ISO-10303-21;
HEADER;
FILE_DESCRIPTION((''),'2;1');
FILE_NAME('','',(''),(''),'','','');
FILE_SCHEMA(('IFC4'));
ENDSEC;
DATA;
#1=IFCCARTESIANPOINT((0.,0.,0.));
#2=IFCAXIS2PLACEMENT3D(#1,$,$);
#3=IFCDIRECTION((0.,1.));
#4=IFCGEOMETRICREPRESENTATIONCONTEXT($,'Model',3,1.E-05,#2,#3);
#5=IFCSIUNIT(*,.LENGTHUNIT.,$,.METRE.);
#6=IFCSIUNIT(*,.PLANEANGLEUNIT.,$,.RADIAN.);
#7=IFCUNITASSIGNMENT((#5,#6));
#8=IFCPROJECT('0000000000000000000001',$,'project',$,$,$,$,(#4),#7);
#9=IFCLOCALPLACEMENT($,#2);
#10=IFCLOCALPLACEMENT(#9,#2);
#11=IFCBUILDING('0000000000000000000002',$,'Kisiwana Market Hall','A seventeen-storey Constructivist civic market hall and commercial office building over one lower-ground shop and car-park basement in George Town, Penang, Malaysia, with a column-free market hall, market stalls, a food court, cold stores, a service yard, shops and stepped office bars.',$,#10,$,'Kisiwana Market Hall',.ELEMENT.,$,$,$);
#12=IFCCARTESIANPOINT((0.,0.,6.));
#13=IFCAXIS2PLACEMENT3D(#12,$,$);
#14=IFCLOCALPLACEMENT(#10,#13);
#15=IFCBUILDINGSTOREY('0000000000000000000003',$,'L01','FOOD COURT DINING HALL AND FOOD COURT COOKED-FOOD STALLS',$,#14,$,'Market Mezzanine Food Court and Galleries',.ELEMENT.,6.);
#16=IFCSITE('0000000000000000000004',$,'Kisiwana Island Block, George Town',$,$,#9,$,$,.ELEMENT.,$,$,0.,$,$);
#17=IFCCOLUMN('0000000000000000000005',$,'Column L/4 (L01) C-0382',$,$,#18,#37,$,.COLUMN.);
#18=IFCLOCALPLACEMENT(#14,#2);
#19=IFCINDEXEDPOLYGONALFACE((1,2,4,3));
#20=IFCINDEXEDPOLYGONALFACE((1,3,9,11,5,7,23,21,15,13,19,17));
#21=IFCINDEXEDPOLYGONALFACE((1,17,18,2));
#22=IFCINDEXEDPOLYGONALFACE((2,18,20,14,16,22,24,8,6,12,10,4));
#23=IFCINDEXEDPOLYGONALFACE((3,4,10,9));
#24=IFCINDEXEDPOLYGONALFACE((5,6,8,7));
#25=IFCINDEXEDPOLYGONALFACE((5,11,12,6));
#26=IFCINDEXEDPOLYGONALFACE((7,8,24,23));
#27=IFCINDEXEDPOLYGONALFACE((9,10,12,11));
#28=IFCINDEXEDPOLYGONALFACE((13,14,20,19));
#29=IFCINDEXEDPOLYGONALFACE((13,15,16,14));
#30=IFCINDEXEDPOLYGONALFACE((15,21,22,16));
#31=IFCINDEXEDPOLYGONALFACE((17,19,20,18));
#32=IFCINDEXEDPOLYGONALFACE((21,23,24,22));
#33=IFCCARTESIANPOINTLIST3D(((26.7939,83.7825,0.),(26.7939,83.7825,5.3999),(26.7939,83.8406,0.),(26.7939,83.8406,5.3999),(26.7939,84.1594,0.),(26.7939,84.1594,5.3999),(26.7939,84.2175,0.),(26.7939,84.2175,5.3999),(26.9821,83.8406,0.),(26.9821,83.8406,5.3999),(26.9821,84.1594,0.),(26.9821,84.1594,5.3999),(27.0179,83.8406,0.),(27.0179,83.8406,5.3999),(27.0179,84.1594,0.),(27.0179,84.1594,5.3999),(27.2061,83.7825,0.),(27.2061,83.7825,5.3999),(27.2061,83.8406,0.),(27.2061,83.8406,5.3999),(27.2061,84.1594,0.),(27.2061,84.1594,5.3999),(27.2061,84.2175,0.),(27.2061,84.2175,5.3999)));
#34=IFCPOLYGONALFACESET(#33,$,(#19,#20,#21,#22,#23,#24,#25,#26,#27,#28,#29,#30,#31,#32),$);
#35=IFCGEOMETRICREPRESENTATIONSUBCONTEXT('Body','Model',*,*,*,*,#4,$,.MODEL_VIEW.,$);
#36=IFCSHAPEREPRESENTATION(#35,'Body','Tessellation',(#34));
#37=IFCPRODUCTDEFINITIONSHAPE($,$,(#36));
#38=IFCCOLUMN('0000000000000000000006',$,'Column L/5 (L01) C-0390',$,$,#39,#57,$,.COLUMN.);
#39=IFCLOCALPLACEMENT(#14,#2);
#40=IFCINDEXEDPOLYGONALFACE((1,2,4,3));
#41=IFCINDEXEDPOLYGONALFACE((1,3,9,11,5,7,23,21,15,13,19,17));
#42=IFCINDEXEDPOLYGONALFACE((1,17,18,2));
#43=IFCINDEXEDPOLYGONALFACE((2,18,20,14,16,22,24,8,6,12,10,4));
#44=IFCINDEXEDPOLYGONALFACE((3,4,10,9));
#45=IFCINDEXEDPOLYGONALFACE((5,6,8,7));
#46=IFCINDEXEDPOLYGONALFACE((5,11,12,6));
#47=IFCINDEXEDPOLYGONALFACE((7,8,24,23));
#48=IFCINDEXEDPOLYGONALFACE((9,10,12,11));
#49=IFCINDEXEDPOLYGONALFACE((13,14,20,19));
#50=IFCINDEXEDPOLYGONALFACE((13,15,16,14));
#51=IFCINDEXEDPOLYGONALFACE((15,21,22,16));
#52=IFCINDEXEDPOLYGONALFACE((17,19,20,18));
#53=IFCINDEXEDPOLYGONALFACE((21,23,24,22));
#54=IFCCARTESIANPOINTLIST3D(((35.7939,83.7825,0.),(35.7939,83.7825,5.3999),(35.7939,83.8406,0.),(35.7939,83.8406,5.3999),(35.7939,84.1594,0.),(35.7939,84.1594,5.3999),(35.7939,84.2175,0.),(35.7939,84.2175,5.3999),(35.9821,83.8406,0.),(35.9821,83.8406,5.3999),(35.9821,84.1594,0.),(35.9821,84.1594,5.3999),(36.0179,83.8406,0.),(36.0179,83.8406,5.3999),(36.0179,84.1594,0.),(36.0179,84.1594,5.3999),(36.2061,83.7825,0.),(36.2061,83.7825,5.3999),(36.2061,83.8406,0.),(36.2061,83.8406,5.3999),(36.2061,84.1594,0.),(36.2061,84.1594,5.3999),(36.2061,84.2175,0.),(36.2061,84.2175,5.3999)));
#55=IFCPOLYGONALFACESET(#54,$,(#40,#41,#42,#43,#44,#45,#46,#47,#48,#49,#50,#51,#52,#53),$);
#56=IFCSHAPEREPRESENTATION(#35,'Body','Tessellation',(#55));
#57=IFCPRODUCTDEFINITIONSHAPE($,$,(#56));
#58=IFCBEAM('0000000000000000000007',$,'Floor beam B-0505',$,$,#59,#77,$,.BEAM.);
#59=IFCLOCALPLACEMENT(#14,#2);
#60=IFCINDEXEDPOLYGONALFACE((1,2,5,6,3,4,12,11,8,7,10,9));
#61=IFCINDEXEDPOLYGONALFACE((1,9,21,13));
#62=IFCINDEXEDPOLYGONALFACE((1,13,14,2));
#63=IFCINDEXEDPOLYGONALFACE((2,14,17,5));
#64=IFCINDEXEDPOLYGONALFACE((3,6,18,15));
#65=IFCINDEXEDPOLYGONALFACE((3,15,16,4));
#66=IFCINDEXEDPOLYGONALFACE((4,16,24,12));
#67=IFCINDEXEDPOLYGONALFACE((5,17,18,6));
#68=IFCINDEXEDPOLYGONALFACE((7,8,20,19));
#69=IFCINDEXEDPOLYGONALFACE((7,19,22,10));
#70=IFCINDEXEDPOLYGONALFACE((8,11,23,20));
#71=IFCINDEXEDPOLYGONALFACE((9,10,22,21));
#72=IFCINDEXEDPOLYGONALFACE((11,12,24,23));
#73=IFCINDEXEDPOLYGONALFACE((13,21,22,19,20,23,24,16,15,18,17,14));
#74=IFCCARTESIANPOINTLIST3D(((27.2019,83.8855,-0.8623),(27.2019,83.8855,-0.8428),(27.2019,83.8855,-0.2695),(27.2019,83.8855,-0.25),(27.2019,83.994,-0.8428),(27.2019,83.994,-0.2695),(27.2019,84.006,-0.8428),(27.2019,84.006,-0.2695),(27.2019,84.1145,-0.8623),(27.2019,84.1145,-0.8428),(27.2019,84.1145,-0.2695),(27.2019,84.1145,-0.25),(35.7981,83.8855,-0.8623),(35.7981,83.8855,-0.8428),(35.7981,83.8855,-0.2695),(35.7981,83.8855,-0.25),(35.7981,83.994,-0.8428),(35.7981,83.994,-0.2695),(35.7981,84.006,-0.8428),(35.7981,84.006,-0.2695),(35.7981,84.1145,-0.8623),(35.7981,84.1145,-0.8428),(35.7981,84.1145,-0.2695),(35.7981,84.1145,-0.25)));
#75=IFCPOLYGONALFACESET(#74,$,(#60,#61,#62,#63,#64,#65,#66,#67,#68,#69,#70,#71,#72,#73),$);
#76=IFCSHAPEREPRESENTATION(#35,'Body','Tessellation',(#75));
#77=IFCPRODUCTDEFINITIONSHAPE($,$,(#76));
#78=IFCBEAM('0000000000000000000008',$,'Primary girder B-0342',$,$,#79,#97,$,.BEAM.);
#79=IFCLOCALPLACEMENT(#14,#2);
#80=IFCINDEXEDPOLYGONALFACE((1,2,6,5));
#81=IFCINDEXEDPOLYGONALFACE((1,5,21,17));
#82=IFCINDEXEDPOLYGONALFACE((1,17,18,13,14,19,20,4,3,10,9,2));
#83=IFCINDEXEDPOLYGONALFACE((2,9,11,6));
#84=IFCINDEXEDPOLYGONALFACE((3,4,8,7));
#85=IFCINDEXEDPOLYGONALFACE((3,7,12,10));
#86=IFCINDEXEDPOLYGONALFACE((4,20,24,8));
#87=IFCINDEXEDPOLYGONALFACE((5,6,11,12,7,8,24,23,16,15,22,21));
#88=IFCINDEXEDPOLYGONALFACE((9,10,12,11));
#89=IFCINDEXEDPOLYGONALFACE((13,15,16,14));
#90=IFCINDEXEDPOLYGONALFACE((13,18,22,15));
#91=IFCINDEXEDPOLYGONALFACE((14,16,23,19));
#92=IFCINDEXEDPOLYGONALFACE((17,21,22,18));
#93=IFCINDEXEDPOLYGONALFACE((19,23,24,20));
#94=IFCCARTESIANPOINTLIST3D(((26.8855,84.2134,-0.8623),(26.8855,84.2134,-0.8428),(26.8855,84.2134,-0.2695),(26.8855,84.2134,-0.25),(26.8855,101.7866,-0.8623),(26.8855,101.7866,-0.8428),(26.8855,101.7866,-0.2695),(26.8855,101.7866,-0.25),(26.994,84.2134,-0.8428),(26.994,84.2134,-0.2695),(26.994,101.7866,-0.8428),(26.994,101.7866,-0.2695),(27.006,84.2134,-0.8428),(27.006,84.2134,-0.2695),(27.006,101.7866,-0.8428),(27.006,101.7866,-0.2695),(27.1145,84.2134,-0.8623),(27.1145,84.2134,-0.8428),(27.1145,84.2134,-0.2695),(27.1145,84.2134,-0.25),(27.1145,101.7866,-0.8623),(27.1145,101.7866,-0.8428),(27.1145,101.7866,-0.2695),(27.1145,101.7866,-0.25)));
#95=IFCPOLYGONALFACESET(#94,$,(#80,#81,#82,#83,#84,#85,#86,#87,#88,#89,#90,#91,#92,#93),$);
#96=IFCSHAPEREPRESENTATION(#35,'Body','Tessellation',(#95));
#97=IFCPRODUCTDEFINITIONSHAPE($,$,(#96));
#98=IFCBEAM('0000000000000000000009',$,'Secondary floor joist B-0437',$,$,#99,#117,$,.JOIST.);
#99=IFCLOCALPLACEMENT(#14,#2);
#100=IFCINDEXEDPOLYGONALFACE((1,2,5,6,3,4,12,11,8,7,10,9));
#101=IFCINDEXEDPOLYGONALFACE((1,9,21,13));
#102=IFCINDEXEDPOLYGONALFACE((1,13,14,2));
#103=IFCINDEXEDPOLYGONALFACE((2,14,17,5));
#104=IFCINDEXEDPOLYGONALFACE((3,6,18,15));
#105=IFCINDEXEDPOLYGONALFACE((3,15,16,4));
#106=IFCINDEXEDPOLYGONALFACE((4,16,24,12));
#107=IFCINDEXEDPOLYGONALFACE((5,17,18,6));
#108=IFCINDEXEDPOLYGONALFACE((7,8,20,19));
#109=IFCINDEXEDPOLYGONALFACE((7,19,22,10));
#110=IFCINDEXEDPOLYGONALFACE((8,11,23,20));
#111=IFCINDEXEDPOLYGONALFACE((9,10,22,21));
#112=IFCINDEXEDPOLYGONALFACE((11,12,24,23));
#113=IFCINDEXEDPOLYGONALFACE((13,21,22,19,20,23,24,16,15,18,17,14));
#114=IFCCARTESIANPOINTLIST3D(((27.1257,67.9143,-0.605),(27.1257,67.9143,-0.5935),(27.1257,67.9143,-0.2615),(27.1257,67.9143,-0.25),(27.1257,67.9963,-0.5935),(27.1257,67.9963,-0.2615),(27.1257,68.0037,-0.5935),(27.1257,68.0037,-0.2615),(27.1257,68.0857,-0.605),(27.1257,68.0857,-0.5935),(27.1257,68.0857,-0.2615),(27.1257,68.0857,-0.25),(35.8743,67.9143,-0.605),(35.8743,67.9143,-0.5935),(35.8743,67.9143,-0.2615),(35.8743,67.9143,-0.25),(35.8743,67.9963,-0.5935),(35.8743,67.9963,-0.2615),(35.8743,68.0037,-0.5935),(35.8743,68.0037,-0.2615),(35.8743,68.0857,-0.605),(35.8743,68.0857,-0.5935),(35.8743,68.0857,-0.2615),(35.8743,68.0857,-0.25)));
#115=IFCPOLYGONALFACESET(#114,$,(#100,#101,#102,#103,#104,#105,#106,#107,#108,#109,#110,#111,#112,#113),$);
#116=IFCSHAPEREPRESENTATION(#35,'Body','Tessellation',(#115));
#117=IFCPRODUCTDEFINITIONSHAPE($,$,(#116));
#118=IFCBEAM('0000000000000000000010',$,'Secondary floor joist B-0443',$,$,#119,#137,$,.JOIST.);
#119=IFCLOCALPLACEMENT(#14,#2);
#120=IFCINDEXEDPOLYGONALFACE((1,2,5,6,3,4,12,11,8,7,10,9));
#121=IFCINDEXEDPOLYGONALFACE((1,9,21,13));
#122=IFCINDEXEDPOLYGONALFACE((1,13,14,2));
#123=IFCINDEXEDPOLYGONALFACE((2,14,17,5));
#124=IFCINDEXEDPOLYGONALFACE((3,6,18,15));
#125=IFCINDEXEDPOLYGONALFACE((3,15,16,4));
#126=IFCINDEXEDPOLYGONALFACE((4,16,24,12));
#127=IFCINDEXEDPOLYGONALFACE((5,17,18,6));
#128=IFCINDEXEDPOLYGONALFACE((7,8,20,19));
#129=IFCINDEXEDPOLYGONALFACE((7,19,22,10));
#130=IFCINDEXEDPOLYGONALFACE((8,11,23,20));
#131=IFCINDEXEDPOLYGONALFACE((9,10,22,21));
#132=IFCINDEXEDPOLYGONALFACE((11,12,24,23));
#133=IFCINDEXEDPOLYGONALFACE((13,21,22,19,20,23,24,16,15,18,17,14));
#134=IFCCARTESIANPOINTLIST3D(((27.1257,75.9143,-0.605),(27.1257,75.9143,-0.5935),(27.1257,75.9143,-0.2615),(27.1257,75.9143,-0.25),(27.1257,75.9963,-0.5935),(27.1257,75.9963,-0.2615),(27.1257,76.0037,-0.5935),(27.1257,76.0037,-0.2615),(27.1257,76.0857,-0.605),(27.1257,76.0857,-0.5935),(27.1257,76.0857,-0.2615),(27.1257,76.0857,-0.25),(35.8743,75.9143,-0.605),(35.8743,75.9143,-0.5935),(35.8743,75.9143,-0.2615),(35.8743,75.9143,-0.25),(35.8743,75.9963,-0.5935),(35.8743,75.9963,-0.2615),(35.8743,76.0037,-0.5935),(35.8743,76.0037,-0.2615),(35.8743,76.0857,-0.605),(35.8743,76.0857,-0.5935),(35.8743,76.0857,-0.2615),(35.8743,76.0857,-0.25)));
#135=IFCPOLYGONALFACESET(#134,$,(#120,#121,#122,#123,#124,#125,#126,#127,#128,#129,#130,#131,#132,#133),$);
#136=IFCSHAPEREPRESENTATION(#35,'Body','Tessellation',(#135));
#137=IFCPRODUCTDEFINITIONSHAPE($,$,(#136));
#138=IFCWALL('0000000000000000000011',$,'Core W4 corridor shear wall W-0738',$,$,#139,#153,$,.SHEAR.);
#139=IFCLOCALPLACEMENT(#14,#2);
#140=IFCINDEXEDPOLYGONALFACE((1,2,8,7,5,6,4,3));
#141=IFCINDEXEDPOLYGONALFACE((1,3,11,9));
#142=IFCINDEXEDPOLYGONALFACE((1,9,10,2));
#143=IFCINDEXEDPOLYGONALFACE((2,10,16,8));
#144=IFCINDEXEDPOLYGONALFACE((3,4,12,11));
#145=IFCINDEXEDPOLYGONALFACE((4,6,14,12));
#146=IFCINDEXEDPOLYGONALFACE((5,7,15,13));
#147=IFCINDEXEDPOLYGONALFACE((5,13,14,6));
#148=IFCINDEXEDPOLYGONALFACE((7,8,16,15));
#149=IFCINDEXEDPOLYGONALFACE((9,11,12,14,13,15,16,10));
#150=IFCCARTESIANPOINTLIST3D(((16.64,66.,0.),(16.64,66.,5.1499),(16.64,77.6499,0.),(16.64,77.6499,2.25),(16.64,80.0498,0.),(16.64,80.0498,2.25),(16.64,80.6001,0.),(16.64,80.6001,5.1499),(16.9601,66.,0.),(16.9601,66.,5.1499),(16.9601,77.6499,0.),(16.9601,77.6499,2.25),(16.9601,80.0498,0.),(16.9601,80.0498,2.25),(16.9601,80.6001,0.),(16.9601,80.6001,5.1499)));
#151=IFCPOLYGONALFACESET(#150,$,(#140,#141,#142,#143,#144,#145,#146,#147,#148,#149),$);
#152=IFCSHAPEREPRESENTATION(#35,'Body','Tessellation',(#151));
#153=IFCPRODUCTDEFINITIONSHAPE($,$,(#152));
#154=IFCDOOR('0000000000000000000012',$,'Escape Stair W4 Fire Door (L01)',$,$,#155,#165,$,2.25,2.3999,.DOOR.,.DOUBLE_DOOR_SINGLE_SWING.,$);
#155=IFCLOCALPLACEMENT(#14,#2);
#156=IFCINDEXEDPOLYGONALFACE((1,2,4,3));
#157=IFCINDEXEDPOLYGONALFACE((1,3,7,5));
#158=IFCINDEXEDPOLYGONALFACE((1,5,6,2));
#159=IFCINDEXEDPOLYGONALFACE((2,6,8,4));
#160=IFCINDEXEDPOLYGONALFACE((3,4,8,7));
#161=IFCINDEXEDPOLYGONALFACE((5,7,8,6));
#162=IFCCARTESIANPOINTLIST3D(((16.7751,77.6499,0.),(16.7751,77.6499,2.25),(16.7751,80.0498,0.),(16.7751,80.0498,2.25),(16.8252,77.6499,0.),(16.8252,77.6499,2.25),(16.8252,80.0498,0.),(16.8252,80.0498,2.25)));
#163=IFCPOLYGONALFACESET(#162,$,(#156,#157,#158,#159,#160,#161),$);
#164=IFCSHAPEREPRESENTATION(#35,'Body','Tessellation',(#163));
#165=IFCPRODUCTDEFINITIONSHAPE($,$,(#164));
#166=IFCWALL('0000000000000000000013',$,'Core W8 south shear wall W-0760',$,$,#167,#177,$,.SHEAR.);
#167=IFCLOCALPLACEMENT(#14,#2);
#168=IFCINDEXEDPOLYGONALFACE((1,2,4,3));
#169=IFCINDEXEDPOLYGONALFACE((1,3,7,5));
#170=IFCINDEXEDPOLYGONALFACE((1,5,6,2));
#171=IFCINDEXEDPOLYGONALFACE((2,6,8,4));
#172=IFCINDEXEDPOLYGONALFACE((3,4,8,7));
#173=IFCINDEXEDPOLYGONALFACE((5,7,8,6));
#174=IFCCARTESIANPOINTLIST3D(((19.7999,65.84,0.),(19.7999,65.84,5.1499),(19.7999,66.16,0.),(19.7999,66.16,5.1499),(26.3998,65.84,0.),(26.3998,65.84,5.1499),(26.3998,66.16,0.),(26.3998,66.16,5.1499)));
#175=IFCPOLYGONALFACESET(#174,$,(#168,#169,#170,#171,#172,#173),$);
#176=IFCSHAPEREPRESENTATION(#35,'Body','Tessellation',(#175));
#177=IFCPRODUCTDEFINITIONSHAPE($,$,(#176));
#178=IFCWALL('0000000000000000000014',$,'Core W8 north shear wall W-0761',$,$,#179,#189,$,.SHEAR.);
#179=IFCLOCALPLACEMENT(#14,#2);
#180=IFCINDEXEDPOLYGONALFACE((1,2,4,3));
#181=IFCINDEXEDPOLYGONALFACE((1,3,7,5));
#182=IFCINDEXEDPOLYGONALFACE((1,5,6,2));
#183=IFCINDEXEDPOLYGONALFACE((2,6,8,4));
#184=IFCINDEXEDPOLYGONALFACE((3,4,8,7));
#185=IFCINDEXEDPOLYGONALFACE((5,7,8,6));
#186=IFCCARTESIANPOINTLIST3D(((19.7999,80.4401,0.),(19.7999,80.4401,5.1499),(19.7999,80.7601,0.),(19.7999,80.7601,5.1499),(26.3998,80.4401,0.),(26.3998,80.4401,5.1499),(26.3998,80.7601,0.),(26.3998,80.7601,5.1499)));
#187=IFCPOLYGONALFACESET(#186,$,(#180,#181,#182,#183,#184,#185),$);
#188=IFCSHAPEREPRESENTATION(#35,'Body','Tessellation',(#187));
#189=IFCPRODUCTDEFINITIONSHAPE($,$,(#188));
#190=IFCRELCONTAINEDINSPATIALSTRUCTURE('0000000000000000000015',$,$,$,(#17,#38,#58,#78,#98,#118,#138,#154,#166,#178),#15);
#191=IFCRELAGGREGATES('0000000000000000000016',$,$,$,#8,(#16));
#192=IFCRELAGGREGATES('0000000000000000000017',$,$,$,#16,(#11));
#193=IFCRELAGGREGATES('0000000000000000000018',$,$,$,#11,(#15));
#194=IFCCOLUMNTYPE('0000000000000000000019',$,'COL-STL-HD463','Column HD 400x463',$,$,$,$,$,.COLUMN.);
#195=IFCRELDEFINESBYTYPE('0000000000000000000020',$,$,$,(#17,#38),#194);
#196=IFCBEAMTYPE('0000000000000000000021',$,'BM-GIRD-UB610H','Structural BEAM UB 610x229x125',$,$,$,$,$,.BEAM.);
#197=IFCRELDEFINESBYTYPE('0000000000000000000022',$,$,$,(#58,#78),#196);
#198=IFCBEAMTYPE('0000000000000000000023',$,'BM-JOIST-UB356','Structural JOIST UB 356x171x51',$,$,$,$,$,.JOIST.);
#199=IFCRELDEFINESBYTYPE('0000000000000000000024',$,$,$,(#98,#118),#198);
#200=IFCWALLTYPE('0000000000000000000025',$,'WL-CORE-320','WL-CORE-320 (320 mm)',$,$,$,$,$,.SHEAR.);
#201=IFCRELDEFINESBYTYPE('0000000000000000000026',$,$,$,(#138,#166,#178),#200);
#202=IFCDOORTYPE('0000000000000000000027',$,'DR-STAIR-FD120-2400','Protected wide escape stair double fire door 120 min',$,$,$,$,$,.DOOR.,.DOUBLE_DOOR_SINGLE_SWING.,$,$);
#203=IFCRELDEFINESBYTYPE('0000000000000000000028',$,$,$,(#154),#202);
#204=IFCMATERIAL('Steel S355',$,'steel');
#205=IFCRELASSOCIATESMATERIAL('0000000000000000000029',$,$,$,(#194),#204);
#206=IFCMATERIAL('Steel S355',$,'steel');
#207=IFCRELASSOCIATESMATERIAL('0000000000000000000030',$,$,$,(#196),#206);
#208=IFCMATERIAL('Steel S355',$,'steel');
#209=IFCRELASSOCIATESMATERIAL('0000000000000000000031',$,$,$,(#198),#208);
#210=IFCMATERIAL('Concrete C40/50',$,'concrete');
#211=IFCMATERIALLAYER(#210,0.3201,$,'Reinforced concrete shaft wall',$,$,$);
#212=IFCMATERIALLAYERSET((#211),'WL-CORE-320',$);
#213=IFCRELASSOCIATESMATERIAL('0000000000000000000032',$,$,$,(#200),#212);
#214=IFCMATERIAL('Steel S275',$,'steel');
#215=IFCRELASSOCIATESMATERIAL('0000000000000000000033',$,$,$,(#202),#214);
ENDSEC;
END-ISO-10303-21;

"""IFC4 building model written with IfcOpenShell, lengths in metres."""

from ifc_helpers import new_model, si_unit, direction, frame, frame_2d, origin, origin_2d, place, context, subcontext, project, spatial, rectangle, i_section, extrude, material, layer, layer_set, material_profile, profile_set, type_object, element, fill, save


model = new_model("IFC4")

# Units and contexts
model_context = context("Model", 3, precision=1e-05, world=origin(), true_north=direction((0.0, 1.0)))
body_context = subcontext(model_context, "Body", "Model", "MODEL_VIEW")
ifc_project = project(units=[si_unit("LENGTHUNIT", "METRE"), si_unit("PLANEANGLEUNIT", "RADIAN")], contexts=[model_context])

# Site, building, storey
site_placement = place(None, origin())
site = spatial("IfcSite", under=ifc_project, at=site_placement, Name="Kisiwana Island Block, George Town", CompositionType="ELEMENT", RefElevation=0.0)
building_placement = place(site_placement, origin())
building = spatial("IfcBuilding", under=site, at=building_placement, Name="Kisiwana Market Hall", Description="A seventeen-storey Constructivist civic market hall and commercial office building over one lower-ground shop and car-park basement in George Town, Penang, Malaysia, with a column-free market hall, market stalls, a food court, cold stores, a service yard, shops and stepped office bars.", LongName="Kisiwana Market Hall", CompositionType="ELEMENT")
storey_placement = place(building_placement, frame((0.0, 0.0, 6.0)))
storey = spatial("IfcBuildingStorey", under=building, at=storey_placement, Name="L01", Description="FOOD COURT DINING HALL AND FOOD COURT COOKED-FOOD STALLS", LongName="Market Mezzanine Food Court and Galleries", CompositionType="ELEMENT", Elevation=6.0)

# Columns
ifc_material_1 = material(Name="Steel S355", Category="steel")
ifc_material_profile_1 = material_profile(ifc_material_1, i_section(OverallWidth=0.4121, OverallDepth=0.4351, WebThickness=0.0359, FlangeThickness=0.0581, at=origin_2d()), Name="HD 400x463")
ifc_profile_set_1 = profile_set([ifc_material_profile_1], Name="Steel S355")
column_type = type_object("IfcColumnType", Name="COL-STL-HD463", Description="Column HD 400x463", PredefinedType="COLUMN", material=ifc_profile_set_1)
for number, where, z_axis, x_axis, name in (
    (1, (27.0, 84.0, 0.0), (0.0, 0.0, 1.0), (1.0, 0.0, 0.0), "Column L/4 (L01) C-0382"),
    (2, (36.0, 84.0, 0.0), (0.0, 0.0, 1.0), (1.0, 0.0, 0.0), "Column L/5 (L01) C-0390"),
):
    element("IfcColumn", number, at=place(storey_placement, frame(where, z_axis=z_axis, x_axis=x_axis)), inside=storey, type_object=column_type, Name=name, PredefinedType="COLUMN", context=body_context, shape_type="SweptSolid", body=[
        extrude(i_section(OverallWidth=0.4121, OverallDepth=0.4351, WebThickness=0.0359, FlangeThickness=0.0581, at=origin_2d()), origin(), (0.0, 0.0, 1.0), 5.3999),
    ])

# Beams
ifc_material_2 = material(Name="Steel S355", Category="steel")
ifc_material_profile_2 = material_profile(ifc_material_2, i_section(OverallWidth=0.229, OverallDepth=0.6123, WebThickness=0.012, FlangeThickness=0.0195, at=origin_2d()), Name="UB 610x229x125")
ifc_profile_set_2 = profile_set([ifc_material_profile_2], Name="Steel S355")
beam_type_1 = type_object("IfcBeamType", Name="BM-GIRD-UB610H", Description="Structural BEAM UB 610x229x125", PredefinedType="BEAM", material=ifc_profile_set_2)
beam_1_placement = place(storey_placement, frame((27.2019, 84.0, -0.5562), z_axis=(1.0, 0.0, 0.0), x_axis=(0.0, 1.0, 0.0)))
element("IfcBeam", 3, at=beam_1_placement, inside=storey, type_object=beam_type_1, Name="Floor beam B-0505", PredefinedType="BEAM", context=body_context, shape_type="SweptSolid", body=[
    extrude(i_section(OverallWidth=0.229, OverallDepth=0.6123, WebThickness=0.012, FlangeThickness=0.0195, at=origin_2d()), origin(), (0.0, 0.0, 1.0), 8.5962),
])
beam_2_placement = place(storey_placement, frame((27.0, 84.2134, -0.5562), z_axis=(0.0, 1.0, 0.0), x_axis=(-1.0, 0.0, 0.0)))
element("IfcBeam", 4, at=beam_2_placement, inside=storey, type_object=beam_type_1, Name="Primary girder B-0342", PredefinedType="BEAM", context=body_context, shape_type="SweptSolid", body=[
    extrude(i_section(OverallWidth=0.229, OverallDepth=0.6123, WebThickness=0.012, FlangeThickness=0.0195, at=origin_2d()), origin(), (0.0, 0.0, 1.0), 17.5732),
])
ifc_material_3 = material(Name="Steel S355", Category="steel")
ifc_material_profile_3 = material_profile(ifc_material_3, i_section(OverallWidth=0.1714, OverallDepth=0.355, WebThickness=0.0073, FlangeThickness=0.0115, at=origin_2d()), Name="UB 356x171x51")
ifc_profile_set_3 = profile_set([ifc_material_profile_3], Name="Steel S355")
beam_type_2 = type_object("IfcBeamType", Name="BM-JOIST-UB356", Description="Structural JOIST UB 356x171x51", PredefinedType="JOIST", material=ifc_profile_set_3)
for number, where, z_axis, x_axis, name in (
    (5, (27.1257, 68.0, -0.4275), (1.0, 0.0, 0.0), (0.0, 1.0, 0.0), "Secondary floor joist B-0437"),
    (6, (27.1257, 76.0, -0.4275), (1.0, 0.0, 0.0), (0.0, 1.0, 0.0), "Secondary floor joist B-0443"),
):
    element("IfcBeam", number, at=place(storey_placement, frame(where, z_axis=z_axis, x_axis=x_axis)), inside=storey, type_object=beam_type_2, Name=name, PredefinedType="JOIST", context=body_context, shape_type="SweptSolid", body=[
        extrude(i_section(OverallWidth=0.1714, OverallDepth=0.355, WebThickness=0.0073, FlangeThickness=0.0115, at=origin_2d()), origin(), (0.0, 0.0, 1.0), 8.7485),
    ])

# Wall, opening, door
ifc_material_4 = material(Name="Concrete C40/50", Category="concrete")
ifc_layer_1 = layer(ifc_material_4, 0.3201, Name="Reinforced concrete shaft wall")
ifc_layer_set_1 = layer_set([ifc_layer_1], Name="WL-CORE-320")
wall_type_1 = type_object("IfcWallType", Name="WL-CORE-320", Description="WL-CORE-320 (320 mm)", PredefinedType="SHEAR", material=ifc_layer_set_1)
wall_1_placement = place(storey_placement, frame((16.8, 66.0, 0.0), z_axis=(0.0, 0.0, 1.0), x_axis=(0.0, 1.0, 0.0)))
wall_1 = element("IfcWall", 7, at=wall_1_placement, inside=storey, type_object=wall_type_1, Name="Core W4 corridor shear wall W-0738", PredefinedType="SHEAR", context=body_context, shape_type="SweptSolid", body=[
    extrude(rectangle(XDim=14.6001, YDim=0.3201, at=frame_2d((7.3, 0.0))), origin(), (0.0, 0.0, 1.0), 5.1499),
])
opening_1_placement = place(wall_1_placement, frame((11.6499, 0.0, 0.0)))
opening_1 = element("IfcOpeningElement", 8, at=opening_1_placement, cuts=wall_1, PredefinedType="OPENING", context=body_context, shape_type="SweptSolid", body=[
    extrude(rectangle(XDim=2.3999, YDim=2.25, at=frame_2d((1.2, 1.125))), frame((0.0, 0.1719, 0.0), z_axis=(0.0, -1.0, 0.0), x_axis=(1.0, 0.0, 0.0)), (0.0, 0.0, 1.0), 0.344),
])
ifc_material_5 = material(Name="Steel S275", Category="steel")
door_type_1 = type_object("IfcDoorType", Name="DR-STAIR-FD120-2400", Description="Protected wide escape stair double fire door 120 min", OperationType="DOUBLE_DOOR_SINGLE_SWING", PredefinedType="DOOR", material=ifc_material_5)
door_1_placement = place(opening_1_placement, origin())
door_1 = element("IfcDoor", 9, at=door_1_placement, inside=storey, type_object=door_type_1, Name="Escape Stair W4 Fire Door (L01)", OperationType="DOUBLE_DOOR_SINGLE_SWING", OverallHeight=2.25, OverallWidth=2.3999, PredefinedType="DOOR", context=body_context, shape_type="SweptSolid", body=[
    extrude(rectangle(XDim=2.3999, YDim=2.25, at=frame_2d((1.2, 1.125))), frame((0.0, 0.0249, 0.0), z_axis=(0.0, -1.0, 0.0), x_axis=(1.0, 0.0, 0.0)), (0.0, 0.0, 1.0), 0.05),
])
fill(opening_1, door_1)

# Walls
for number, where, z_axis, x_axis, name in (
    (10, (19.8, 66.0, 0.0), (0.0, 0.0, 1.0), (1.0, 0.0, 0.0), "Core W8 south shear wall W-0760"),
    (11, (19.8, 80.6001, 0.0), (0.0, 0.0, 1.0), (1.0, 0.0, 0.0), "Core W8 north shear wall W-0761"),
):
    element("IfcWall", number, at=place(storey_placement, frame(where, z_axis=z_axis, x_axis=x_axis)), inside=storey, type_object=wall_type_1, Name=name, PredefinedType="SHEAR", context=body_context, shape_type="SweptSolid", body=[
        extrude(rectangle(XDim=6.5999, YDim=0.3201, at=frame_2d((3.2998, 0.0))), origin(), (0.0, 0.0, 1.0), 5.1499),
    ])

save(model, "model.ifc")
